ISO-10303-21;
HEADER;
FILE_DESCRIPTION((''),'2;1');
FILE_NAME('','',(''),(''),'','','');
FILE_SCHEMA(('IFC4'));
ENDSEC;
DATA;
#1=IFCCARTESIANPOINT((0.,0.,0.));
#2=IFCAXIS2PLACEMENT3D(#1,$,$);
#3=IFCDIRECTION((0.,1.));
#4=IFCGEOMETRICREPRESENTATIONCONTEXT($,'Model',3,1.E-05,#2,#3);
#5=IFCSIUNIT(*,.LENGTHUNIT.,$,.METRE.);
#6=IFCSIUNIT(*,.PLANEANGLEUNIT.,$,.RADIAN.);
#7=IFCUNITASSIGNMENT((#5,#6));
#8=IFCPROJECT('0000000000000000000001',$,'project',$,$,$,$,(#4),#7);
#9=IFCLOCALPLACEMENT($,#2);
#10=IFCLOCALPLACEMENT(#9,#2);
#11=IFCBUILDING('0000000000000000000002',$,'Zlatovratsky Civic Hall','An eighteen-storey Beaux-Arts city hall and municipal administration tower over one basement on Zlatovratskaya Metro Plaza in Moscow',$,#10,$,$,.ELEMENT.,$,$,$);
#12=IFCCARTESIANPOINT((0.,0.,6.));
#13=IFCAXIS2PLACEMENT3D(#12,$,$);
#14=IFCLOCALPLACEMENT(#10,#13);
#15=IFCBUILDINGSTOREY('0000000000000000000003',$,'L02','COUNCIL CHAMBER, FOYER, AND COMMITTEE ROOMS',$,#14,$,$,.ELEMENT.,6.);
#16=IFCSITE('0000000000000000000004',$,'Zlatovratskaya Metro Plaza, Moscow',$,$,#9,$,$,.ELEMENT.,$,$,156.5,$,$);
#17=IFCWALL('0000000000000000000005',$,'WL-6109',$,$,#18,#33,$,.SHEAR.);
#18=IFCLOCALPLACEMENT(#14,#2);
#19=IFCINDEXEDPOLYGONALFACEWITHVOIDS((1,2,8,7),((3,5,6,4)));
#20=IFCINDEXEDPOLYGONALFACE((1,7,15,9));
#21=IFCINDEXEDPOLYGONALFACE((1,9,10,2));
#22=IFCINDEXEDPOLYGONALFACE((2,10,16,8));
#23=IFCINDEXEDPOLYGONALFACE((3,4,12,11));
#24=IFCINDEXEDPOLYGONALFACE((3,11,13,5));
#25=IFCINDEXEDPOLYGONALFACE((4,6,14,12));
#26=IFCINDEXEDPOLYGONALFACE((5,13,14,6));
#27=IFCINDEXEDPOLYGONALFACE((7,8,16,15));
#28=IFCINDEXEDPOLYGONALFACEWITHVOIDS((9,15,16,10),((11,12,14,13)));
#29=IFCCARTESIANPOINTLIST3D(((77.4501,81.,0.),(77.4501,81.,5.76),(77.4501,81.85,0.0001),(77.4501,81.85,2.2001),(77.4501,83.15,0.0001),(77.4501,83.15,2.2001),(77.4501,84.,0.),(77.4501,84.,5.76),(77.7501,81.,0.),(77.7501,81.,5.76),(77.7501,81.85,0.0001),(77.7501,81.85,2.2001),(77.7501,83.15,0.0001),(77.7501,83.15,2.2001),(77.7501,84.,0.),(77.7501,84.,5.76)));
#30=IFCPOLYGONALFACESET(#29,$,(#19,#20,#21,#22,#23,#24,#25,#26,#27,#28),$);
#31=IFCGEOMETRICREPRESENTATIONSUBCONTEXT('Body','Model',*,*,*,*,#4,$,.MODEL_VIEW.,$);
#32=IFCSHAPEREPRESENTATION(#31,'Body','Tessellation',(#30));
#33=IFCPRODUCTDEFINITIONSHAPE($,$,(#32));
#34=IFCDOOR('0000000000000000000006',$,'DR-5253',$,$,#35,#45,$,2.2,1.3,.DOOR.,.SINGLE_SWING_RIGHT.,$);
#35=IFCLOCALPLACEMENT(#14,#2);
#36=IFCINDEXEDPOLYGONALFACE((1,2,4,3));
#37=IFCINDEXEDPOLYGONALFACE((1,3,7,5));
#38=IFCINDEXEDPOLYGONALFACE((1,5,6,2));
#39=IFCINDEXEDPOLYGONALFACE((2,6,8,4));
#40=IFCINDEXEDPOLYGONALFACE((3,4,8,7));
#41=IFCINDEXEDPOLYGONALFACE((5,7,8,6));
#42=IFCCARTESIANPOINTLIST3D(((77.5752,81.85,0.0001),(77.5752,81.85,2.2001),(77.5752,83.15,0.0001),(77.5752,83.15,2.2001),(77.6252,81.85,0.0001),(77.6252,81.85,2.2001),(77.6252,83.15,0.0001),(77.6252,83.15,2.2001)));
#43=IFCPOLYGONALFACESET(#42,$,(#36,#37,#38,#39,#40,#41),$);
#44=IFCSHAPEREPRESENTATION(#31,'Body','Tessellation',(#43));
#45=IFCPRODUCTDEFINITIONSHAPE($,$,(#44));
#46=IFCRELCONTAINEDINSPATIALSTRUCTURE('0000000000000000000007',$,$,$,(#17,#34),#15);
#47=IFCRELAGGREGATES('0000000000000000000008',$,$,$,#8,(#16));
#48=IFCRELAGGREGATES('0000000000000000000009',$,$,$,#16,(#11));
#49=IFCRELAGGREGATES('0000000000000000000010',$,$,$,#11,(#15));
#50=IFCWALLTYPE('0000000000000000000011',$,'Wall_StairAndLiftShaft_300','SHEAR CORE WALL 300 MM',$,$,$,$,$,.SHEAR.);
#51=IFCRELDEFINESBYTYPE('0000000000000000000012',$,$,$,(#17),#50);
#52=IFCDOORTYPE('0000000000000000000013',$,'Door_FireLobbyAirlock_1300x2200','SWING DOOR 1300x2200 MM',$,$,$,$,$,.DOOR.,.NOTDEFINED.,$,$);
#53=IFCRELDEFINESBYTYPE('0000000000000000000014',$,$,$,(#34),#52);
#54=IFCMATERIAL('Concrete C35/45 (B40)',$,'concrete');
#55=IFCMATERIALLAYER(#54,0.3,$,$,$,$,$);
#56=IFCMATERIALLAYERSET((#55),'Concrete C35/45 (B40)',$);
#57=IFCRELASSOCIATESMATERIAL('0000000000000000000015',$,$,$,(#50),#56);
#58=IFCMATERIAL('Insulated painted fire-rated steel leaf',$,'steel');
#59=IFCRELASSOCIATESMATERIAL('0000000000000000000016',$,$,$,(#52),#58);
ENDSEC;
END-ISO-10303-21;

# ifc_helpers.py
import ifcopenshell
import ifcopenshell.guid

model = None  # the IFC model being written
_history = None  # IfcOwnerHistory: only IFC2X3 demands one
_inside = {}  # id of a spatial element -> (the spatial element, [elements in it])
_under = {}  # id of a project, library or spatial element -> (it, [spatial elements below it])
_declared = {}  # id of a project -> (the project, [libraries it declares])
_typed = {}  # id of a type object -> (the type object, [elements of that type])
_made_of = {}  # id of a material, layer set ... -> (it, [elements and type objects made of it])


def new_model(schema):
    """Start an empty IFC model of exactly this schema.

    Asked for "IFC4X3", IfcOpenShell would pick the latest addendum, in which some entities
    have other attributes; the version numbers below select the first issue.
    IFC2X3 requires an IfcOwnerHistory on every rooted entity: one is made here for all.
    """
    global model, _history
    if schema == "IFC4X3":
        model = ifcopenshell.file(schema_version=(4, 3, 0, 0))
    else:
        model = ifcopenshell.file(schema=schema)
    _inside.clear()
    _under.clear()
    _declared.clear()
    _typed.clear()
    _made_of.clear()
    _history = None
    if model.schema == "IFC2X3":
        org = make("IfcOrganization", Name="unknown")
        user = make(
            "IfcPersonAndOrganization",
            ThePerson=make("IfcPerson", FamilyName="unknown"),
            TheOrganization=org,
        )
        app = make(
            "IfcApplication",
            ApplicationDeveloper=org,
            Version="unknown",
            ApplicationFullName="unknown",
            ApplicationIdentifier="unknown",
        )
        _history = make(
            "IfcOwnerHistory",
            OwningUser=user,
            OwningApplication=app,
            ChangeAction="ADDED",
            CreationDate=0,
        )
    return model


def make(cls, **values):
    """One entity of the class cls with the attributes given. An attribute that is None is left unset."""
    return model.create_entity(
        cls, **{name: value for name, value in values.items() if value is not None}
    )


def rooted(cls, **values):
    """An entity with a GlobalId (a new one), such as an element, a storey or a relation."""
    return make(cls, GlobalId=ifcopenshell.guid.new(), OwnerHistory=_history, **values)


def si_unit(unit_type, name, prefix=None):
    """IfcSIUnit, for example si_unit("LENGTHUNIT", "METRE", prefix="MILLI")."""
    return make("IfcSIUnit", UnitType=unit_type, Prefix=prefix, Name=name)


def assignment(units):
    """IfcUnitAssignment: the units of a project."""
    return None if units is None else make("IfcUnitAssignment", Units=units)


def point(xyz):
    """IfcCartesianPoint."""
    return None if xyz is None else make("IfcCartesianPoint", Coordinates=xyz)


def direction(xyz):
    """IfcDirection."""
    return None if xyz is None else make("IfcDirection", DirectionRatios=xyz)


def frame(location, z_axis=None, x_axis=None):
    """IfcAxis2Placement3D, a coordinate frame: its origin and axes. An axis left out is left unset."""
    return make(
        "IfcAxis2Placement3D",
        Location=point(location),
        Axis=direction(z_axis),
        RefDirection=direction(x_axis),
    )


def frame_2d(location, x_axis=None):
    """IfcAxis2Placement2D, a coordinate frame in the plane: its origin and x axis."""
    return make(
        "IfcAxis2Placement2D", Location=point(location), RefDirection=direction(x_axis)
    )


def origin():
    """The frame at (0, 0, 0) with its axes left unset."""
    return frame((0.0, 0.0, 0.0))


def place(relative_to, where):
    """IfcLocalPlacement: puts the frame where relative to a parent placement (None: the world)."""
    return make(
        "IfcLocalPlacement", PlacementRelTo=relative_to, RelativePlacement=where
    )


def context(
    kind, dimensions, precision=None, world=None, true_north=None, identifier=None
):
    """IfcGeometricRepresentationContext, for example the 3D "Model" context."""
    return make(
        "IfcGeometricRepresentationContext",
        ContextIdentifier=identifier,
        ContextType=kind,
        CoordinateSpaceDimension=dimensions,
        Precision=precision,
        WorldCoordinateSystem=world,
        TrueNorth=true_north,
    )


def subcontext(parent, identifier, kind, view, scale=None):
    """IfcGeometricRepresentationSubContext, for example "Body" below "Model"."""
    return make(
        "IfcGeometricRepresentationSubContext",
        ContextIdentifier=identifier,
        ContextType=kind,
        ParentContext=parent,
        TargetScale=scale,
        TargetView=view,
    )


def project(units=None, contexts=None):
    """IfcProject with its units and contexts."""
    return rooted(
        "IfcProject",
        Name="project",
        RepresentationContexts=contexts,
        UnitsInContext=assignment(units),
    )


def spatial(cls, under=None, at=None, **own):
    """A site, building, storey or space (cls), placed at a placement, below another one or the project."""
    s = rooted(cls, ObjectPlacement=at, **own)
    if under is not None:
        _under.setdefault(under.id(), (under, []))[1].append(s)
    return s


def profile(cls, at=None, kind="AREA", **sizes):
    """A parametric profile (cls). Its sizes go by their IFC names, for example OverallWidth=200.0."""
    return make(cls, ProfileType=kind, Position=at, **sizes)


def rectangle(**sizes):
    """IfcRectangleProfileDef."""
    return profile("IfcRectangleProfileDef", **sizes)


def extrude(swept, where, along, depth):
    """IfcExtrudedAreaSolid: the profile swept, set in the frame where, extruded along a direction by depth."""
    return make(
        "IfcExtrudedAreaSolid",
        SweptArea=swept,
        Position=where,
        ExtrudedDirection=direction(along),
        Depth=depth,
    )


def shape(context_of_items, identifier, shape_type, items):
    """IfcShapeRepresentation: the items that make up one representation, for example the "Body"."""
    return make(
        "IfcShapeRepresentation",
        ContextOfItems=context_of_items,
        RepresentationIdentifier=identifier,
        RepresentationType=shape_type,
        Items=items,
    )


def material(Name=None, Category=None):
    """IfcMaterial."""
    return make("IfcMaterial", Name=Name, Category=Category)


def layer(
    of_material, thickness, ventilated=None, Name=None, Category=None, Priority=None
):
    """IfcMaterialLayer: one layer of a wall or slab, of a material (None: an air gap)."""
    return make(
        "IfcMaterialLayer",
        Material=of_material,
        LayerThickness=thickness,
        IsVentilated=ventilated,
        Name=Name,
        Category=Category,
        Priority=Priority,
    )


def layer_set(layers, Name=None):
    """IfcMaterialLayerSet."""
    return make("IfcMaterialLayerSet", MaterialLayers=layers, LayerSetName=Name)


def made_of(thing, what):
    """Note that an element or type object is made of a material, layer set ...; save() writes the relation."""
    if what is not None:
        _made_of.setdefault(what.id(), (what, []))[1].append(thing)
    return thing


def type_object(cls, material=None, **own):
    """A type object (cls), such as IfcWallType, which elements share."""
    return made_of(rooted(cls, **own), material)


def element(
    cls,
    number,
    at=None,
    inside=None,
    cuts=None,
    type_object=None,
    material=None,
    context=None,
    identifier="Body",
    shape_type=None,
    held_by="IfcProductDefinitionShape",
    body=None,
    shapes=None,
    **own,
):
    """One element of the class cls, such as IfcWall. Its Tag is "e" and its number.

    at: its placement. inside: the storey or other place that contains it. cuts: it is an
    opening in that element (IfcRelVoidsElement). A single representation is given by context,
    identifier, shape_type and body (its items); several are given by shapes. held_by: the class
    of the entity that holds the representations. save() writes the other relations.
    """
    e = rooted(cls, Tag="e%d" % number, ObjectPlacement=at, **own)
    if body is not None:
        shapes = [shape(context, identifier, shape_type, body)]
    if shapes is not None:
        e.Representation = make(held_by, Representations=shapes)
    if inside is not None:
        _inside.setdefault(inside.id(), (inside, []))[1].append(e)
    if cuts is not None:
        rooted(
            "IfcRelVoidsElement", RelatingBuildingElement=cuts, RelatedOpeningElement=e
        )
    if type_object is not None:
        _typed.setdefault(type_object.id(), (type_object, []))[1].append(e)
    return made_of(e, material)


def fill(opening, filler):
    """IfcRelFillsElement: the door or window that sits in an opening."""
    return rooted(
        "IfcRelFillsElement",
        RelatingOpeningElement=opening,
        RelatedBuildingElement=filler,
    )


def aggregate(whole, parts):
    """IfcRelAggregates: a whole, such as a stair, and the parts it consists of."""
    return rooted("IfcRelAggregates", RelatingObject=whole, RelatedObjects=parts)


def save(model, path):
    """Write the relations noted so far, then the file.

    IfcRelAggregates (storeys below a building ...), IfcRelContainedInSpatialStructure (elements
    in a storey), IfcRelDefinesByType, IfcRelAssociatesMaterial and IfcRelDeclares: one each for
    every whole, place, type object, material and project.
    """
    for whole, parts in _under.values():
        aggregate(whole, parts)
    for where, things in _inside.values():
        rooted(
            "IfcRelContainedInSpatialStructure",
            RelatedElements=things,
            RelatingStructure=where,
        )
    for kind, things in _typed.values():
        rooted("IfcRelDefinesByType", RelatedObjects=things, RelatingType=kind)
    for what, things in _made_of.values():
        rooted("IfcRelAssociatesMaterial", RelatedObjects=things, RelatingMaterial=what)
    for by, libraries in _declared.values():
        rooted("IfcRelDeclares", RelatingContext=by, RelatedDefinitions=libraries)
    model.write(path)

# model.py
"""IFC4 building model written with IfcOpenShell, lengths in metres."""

from ifc_helpers import new_model, si_unit, direction, frame, frame_2d, origin, place, context, subcontext, project, spatial, rectangle, extrude, material, layer, layer_set, type_object, element, fill, save


model = new_model("IFC4")

# Units and contexts
model_context = context("Model", 3, precision=1e-05, world=origin(), true_north=direction((0.0, 1.0)))
body_context = subcontext(model_context, "Body", "Model", "MODEL_VIEW")
ifc_project = project(units=[si_unit("LENGTHUNIT", "METRE"), si_unit("PLANEANGLEUNIT", "RADIAN")], contexts=[model_context])

# Site, building, storey
site_placement = place(None, origin())
site = spatial("IfcSite", under=ifc_project, at=site_placement, Name="Zlatovratskaya Metro Plaza, Moscow", CompositionType="ELEMENT", RefElevation=156.5)
building_placement = place(site_placement, origin())
building = spatial("IfcBuilding", under=site, at=building_placement, Name="Zlatovratsky Civic Hall", Description="An eighteen-storey Beaux-Arts city hall and municipal administration tower over one basement on Zlatovratskaya Metro Plaza in Moscow", CompositionType="ELEMENT")
storey_placement = place(building_placement, frame((0.0, 0.0, 6.0)))
storey = spatial("IfcBuildingStorey", under=building, at=storey_placement, Name="L02", Description="COUNCIL CHAMBER, FOYER, AND COMMITTEE ROOMS", CompositionType="ELEMENT", Elevation=6.0)

# Shared definitions
ifc_material_1 = material(Name="Concrete C35/45 (B40)", Category="concrete")

# Shared definitions
ifc_layer_1 = layer(ifc_material_1, 0.3)
ifc_layer_set_1 = layer_set([ifc_layer_1], Name="Concrete C35/45 (B40)")
wall_type_1 = type_object("IfcWallType", Name="Wall_StairAndLiftShaft_300", Description="SHEAR CORE WALL 300 MM", PredefinedType="SHEAR", material=ifc_layer_set_1)
ifc_material_2 = material(Name="Insulated painted fire-rated steel leaf", Category="steel")

# Wall, opening, door
wall_1_placement = place(storey_placement, frame((77.6001, 81.0, 0.0), z_axis=(0.0, 0.0, 1.0), x_axis=(0.0, 1.0, 0.0)))
wall_1 = element("IfcWall", 1, at=wall_1_placement, inside=storey, type_object=wall_type_1, Name="WL-6109", PredefinedType="SHEAR", context=body_context, shape_type="SweptSolid", body=[
    extrude(rectangle(XDim=3.0, YDim=0.3, at=frame_2d((1.5, 0.0))), origin(), (0.0, 0.0, 1.0), 5.76),
])
opening_1_placement = place(wall_1_placement, frame((0.8501, 0.0, 0.0)))
opening_1 = element("IfcOpeningElement", 2, at=opening_1_placement, cuts=wall_1, PredefinedType="OPENING", context=body_context, shape_type="SweptSolid", body=[
    extrude(rectangle(XDim=1.3, YDim=2.2, at=frame_2d((0.6499, 1.1001))), frame((0.0, 0.165, 0.0), z_axis=(0.0, -1.0, 0.0), x_axis=(1.0, 0.0, 0.0)), (0.0, 0.0, 1.0), 0.3298),
])
door_type_1 = type_object("IfcDoorType", Name="Door_FireLobbyAirlock_1300x2200", Description="SWING DOOR 1300x2200 MM", OperationType="NOTDEFINED", PredefinedType="DOOR", material=ifc_material_2)
door_1_placement = place(opening_1_placement, origin())
door_1 = element("IfcDoor", 3, at=door_1_placement, inside=storey, type_object=door_type_1, Name="DR-5253", OperationType="SINGLE_SWING_RIGHT", OverallHeight=2.2, OverallWidth=1.3, PredefinedType="DOOR", context=body_context, shape_type="SweptSolid", body=[
    extrude(rectangle(XDim=1.3, YDim=2.2, at=frame_2d((0.6499, 1.1001))), frame((0.0, 0.0249, 0.0), z_axis=(0.0, -1.0, 0.0), x_axis=(1.0, 0.0, 0.0)), (0.0, 0.0, 1.0), 0.05),
])
fill(opening_1, door_1)

save(model, "model.ifc")
